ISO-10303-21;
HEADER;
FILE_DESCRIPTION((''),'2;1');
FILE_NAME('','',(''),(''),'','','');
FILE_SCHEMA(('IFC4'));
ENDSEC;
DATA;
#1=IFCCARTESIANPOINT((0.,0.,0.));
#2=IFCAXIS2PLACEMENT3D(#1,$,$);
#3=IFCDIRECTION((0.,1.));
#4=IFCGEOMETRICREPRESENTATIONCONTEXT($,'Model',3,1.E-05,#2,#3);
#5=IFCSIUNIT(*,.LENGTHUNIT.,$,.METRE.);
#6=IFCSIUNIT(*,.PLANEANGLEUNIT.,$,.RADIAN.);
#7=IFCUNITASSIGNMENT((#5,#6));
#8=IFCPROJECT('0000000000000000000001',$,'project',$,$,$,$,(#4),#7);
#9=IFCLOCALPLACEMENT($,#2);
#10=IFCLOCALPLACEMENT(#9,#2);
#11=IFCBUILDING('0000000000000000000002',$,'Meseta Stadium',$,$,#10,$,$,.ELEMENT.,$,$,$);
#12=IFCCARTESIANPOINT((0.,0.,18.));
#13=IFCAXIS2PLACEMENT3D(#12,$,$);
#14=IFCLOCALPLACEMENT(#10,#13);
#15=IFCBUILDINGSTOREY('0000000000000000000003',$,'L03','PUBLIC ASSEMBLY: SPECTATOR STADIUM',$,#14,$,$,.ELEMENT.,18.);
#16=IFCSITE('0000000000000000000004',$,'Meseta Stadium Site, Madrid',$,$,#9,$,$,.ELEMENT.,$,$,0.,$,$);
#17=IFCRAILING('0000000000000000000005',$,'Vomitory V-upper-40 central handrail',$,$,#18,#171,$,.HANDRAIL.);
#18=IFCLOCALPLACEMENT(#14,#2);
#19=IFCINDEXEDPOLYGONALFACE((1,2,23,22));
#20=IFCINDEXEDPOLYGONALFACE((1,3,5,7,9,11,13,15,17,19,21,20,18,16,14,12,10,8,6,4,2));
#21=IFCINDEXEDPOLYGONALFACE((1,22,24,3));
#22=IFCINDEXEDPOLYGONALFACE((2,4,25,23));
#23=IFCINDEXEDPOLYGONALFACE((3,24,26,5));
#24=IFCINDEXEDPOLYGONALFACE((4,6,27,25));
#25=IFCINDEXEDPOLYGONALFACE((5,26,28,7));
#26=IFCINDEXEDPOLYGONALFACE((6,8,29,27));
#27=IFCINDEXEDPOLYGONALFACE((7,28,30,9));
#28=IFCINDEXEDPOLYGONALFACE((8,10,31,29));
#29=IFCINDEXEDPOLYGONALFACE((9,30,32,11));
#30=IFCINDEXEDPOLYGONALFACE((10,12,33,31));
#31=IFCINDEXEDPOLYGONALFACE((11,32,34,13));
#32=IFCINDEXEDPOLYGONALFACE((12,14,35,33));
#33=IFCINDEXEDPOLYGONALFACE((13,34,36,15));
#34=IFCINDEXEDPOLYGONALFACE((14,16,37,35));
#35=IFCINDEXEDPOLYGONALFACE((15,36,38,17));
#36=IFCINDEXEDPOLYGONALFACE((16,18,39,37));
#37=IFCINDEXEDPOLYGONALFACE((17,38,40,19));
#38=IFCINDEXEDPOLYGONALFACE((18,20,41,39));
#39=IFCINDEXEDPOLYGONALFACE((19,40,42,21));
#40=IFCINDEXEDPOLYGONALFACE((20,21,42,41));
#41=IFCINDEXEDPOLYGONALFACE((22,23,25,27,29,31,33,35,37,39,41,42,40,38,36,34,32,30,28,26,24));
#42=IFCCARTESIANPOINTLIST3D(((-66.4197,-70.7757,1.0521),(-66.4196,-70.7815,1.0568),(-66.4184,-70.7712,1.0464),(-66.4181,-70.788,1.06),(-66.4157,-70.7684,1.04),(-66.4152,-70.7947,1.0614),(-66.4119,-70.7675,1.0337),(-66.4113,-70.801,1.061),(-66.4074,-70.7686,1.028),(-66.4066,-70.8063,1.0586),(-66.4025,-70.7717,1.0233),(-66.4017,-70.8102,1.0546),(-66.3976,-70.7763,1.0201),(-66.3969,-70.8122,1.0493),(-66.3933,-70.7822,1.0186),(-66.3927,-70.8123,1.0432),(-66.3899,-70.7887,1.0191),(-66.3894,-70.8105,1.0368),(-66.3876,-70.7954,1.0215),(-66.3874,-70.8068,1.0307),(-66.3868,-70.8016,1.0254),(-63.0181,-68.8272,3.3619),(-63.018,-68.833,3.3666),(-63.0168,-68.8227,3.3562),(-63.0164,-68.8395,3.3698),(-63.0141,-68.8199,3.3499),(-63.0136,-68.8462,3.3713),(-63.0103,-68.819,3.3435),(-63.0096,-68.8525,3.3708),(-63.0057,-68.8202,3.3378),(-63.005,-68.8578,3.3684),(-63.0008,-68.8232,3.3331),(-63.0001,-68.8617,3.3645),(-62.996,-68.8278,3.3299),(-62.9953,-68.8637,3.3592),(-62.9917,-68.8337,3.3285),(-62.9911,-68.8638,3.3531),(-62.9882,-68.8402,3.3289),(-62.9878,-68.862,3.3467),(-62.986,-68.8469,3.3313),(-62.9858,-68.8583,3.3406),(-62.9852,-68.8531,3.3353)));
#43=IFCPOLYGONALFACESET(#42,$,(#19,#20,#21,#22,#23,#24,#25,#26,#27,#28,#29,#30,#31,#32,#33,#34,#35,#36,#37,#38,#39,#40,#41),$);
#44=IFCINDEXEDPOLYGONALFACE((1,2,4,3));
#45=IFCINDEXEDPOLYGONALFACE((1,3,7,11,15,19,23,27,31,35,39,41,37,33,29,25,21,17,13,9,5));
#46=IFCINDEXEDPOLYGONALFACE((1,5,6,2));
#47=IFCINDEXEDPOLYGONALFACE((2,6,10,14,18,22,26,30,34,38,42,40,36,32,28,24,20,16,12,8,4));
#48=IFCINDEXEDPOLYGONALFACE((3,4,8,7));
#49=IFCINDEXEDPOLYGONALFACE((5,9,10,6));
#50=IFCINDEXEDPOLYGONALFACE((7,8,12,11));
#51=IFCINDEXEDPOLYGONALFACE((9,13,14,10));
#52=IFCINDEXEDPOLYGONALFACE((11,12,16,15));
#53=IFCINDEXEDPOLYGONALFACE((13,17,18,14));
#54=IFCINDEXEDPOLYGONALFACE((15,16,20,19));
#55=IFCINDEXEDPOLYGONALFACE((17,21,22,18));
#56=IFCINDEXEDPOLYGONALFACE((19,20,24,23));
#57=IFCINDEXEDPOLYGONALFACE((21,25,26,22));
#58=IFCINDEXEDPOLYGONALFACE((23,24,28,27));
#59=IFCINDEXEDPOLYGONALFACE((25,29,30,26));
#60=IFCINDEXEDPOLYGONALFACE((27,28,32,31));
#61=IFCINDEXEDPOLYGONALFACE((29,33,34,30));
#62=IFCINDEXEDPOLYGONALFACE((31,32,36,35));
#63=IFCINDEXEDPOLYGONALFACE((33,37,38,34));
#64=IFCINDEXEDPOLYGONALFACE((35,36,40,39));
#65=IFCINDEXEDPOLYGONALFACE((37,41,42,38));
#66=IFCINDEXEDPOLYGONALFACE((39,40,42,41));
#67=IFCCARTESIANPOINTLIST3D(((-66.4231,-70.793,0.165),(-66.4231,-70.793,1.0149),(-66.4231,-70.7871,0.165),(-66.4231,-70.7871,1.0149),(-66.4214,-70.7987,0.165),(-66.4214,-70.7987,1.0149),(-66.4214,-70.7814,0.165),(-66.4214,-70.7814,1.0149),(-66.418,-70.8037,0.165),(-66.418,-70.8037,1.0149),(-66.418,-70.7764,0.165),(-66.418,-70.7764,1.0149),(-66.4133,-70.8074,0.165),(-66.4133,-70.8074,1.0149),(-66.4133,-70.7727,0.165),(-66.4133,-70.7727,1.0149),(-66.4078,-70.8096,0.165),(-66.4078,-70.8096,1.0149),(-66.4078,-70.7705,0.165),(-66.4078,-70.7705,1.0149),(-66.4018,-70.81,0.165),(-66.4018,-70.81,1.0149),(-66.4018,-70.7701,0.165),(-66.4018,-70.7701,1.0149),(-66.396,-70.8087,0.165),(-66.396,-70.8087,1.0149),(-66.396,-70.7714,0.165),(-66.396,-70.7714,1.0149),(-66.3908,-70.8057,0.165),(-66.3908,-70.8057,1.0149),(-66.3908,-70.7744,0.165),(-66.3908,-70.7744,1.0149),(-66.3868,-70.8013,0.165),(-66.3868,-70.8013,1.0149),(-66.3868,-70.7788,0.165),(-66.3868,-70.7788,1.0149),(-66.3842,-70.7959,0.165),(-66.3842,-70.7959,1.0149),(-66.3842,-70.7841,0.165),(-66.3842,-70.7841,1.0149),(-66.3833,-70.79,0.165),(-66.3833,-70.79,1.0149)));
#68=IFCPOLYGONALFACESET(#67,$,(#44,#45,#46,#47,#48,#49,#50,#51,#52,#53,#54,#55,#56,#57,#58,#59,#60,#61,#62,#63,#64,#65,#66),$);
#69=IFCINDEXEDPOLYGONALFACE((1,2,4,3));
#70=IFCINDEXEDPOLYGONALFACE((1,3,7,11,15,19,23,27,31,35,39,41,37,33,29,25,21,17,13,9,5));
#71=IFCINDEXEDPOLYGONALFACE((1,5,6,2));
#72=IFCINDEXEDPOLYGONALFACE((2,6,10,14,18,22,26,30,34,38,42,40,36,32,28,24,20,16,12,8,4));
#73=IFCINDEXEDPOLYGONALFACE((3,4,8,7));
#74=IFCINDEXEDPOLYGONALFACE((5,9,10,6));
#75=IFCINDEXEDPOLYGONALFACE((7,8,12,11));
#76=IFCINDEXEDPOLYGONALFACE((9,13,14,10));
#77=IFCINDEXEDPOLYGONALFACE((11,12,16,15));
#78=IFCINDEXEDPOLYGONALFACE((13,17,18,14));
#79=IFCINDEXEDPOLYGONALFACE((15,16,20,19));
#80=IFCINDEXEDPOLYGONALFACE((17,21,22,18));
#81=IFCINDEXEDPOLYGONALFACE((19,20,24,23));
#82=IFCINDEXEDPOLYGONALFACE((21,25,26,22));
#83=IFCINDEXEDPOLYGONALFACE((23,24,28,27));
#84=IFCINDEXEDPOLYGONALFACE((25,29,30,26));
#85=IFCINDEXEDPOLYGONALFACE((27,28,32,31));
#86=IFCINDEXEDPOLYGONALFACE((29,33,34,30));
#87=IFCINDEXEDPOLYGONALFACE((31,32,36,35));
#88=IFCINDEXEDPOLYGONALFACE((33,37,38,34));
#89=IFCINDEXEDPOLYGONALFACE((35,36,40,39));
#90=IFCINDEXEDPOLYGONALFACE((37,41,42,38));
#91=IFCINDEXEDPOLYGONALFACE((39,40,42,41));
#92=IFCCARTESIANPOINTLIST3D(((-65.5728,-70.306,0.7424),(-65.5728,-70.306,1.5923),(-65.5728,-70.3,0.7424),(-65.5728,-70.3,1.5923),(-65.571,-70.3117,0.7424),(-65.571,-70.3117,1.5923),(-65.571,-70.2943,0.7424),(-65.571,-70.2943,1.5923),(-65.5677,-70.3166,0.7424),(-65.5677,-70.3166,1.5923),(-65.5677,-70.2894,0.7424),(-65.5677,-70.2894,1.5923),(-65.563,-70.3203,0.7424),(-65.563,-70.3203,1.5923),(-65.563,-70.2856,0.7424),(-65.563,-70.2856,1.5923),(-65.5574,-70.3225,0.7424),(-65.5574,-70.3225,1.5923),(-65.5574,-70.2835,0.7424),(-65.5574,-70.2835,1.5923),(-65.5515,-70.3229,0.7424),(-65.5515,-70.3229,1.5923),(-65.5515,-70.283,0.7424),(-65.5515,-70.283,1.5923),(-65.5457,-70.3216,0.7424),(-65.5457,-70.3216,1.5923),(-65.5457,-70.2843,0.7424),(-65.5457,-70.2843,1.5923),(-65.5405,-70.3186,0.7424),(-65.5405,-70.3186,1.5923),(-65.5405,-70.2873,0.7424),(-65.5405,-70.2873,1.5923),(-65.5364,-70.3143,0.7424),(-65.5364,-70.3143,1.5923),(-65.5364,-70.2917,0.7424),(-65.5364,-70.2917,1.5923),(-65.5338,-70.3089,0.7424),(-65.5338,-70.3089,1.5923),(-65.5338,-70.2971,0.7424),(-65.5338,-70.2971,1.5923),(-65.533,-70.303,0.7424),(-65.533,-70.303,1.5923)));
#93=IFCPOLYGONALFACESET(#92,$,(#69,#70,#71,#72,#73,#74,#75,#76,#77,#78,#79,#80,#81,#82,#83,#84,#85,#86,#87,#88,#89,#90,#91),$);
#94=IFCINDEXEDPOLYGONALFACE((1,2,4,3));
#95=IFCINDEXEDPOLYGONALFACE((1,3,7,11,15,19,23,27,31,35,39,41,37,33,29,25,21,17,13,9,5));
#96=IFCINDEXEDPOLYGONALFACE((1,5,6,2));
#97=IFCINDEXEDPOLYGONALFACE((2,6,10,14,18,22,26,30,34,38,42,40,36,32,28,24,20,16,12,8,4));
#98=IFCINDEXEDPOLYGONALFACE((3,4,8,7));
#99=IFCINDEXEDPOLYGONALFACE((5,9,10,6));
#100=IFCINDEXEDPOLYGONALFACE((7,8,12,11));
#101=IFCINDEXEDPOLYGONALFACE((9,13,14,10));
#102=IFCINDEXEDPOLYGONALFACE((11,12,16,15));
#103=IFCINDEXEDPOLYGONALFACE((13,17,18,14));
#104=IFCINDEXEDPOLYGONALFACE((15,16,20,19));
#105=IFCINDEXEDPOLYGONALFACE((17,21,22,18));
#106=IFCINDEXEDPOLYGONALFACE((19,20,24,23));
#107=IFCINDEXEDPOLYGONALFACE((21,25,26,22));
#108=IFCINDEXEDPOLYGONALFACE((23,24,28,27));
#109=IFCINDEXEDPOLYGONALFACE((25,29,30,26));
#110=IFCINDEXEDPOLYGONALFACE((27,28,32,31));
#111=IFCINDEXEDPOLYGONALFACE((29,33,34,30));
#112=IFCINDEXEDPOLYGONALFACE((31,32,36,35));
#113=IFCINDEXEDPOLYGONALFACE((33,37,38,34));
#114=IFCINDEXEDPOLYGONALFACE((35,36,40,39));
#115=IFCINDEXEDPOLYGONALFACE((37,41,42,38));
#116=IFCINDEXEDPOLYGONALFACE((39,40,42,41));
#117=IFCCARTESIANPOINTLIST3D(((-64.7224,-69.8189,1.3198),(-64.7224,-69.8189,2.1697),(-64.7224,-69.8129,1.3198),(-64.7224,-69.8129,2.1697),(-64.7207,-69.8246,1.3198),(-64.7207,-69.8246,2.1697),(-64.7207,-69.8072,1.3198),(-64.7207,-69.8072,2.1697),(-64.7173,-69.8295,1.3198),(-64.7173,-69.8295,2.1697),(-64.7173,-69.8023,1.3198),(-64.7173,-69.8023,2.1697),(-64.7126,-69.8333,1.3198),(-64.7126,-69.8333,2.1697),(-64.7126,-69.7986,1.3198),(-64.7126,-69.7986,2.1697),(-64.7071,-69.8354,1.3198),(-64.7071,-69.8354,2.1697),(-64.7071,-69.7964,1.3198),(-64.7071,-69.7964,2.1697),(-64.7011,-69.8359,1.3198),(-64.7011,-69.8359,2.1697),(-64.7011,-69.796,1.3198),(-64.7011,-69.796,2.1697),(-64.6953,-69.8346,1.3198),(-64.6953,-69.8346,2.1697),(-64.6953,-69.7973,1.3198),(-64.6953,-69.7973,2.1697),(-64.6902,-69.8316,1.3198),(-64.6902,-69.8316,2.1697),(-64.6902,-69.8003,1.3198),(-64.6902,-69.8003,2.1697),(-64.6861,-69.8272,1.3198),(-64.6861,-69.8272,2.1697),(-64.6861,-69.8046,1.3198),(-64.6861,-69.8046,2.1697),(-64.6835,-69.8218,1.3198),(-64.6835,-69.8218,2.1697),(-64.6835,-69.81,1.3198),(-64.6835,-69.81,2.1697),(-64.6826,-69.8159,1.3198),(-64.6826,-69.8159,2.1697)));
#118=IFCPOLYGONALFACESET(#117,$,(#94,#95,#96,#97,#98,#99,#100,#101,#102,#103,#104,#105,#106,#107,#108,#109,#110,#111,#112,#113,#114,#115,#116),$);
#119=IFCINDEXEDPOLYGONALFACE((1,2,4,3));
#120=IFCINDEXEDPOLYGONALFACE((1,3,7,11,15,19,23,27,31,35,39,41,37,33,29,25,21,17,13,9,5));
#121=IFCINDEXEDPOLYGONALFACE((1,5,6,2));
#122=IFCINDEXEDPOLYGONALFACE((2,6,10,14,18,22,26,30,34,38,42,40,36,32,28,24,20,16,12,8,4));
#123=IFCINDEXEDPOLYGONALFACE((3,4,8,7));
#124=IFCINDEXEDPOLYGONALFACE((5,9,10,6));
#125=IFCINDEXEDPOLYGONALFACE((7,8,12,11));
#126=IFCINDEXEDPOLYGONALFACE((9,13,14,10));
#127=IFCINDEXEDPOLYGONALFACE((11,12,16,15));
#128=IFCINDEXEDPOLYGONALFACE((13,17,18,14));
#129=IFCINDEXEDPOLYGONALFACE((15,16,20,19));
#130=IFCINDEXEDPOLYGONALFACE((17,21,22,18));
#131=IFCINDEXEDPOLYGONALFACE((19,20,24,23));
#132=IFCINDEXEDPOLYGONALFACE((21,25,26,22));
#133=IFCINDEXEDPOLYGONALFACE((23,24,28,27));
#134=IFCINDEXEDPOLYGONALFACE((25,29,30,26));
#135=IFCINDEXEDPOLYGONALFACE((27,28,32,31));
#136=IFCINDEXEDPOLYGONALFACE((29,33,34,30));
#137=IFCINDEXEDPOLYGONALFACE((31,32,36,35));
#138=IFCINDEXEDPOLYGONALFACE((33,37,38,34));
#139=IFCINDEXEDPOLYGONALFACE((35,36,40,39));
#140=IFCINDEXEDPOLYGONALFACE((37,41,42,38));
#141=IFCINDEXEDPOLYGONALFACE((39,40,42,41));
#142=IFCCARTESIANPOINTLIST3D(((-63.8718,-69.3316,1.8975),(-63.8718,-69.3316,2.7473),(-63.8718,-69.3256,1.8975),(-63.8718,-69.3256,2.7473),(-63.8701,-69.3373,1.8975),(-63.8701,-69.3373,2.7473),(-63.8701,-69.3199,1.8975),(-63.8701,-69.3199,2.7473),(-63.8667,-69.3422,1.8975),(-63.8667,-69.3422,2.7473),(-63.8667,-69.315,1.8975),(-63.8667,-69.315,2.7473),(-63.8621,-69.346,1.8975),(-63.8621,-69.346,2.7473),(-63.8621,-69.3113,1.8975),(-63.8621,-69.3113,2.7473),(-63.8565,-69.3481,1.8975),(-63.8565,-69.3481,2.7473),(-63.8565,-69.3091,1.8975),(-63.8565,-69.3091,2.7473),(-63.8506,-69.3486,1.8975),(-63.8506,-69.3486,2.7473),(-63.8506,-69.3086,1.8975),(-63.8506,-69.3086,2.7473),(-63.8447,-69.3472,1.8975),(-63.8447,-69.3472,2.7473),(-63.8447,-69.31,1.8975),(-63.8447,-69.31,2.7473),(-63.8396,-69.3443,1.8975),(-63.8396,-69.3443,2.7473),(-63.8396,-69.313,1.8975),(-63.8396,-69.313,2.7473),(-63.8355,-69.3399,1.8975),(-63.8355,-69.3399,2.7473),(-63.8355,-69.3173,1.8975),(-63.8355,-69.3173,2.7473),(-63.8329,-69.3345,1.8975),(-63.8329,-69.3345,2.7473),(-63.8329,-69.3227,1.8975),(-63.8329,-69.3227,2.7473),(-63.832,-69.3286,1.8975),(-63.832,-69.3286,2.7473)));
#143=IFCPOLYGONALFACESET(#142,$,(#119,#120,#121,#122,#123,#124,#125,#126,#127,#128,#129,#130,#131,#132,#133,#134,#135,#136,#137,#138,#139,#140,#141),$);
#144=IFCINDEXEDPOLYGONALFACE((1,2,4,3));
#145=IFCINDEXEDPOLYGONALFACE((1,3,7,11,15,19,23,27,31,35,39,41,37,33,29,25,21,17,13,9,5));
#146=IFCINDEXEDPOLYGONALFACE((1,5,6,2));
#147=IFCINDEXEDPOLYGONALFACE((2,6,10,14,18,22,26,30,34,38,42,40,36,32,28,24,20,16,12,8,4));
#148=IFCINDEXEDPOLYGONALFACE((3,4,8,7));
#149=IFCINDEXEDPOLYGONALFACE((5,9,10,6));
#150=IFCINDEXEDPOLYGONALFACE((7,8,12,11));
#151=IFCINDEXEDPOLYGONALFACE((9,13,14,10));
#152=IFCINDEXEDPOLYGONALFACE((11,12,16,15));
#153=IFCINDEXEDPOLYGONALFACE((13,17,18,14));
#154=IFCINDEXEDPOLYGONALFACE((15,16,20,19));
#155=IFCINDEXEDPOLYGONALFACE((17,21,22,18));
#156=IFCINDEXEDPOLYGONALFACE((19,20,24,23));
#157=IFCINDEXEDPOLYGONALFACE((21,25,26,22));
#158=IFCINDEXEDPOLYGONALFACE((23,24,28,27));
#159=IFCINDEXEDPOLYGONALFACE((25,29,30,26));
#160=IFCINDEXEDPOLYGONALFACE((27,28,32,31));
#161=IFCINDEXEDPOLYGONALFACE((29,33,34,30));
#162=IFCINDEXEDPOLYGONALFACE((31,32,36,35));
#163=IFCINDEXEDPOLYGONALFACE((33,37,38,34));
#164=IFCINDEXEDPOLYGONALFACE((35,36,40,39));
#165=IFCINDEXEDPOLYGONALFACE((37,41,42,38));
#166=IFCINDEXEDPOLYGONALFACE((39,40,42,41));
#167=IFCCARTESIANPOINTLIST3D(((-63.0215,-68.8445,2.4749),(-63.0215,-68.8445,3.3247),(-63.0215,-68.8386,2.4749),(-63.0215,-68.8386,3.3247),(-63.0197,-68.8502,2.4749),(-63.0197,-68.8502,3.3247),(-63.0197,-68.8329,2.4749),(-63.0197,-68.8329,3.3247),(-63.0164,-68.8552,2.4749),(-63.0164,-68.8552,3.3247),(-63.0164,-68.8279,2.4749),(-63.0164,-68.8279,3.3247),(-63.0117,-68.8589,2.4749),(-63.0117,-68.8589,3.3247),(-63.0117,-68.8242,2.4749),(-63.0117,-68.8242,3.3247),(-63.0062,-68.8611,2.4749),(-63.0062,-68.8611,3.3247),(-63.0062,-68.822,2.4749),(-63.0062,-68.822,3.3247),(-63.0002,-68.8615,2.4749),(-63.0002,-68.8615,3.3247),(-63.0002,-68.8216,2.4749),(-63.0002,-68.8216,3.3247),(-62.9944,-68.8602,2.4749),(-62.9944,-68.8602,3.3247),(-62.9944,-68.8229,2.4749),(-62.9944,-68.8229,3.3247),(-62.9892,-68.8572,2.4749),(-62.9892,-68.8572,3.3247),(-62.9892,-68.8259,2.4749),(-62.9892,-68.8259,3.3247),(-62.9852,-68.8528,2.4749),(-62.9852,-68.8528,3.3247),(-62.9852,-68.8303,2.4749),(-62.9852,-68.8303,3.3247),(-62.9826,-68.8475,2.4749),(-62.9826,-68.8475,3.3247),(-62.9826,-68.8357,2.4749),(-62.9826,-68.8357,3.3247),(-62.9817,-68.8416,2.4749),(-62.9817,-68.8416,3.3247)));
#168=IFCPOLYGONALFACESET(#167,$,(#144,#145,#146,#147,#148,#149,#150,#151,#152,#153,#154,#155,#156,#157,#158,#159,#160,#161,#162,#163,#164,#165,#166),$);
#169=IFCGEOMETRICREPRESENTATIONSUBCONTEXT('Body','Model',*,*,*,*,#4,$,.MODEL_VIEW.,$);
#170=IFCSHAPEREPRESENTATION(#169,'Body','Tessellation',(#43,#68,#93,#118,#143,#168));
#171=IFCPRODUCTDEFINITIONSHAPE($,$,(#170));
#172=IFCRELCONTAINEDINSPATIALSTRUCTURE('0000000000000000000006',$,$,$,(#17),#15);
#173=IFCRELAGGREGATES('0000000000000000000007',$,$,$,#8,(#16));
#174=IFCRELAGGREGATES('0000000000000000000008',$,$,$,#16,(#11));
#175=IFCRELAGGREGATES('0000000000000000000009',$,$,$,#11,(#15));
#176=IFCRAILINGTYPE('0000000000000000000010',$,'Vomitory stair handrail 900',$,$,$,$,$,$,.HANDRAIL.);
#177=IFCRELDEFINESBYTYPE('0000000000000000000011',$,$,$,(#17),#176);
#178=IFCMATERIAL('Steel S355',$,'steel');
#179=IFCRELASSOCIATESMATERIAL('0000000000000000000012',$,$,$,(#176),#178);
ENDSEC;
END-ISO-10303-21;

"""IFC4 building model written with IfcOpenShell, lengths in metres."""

from ifc_helpers import new_model, si_unit, direction, frame, origin, origin_2d, place, context, subcontext, project, spatial, circle, extrude, material, type_object, element, save


model = new_model("IFC4")

# Units and contexts
model_context = context("Model", 3, precision=1e-05, world=origin(), true_north=direction((0.0, 1.0)))
body_context = subcontext(model_context, "Body", "Model", "MODEL_VIEW")
ifc_project = project(units=[si_unit("LENGTHUNIT", "METRE"), si_unit("PLANEANGLEUNIT", "RADIAN")], contexts=[model_context])

# Site, building, storey
site_placement = place(None, origin())
site = spatial("IfcSite", under=ifc_project, at=site_placement, Name="Meseta Stadium Site, Madrid", CompositionType="ELEMENT", RefElevation=0.0)
building_placement = place(site_placement, origin())
building = spatial("IfcBuilding", under=site, at=building_placement, Name="Meseta Stadium", CompositionType="ELEMENT")
storey_placement = place(building_placement, frame((0.0, 0.0, 18.0)))
storey = spatial("IfcBuildingStorey", under=building, at=storey_placement, Name="L03", Description="PUBLIC ASSEMBLY: SPECTATOR STADIUM", CompositionType="ELEMENT", Elevation=18.0)

# Railing
ifc_material_1 = material(Name="Steel S355", Category="steel")
railing_type_1 = type_object("IfcRailingType", Name="Vomitory stair handrail 900", PredefinedType="HANDRAIL", material=ifc_material_1)
railing_1_placement = place(storey_placement, frame((-66.4033, -70.79, 0.165)))
element("IfcRailing", 1, at=railing_1_placement, inside=storey, type_object=railing_type_1, Name="Vomitory V-upper-40 central handrail", PredefinedType="HANDRAIL", context=body_context, shape_type="SweptSolid", body=[
    extrude(circle(Radius=0.0249, at=origin_2d()), frame((0.0, 0.0, 0.875), z_axis=(0.747601, 0.428236, 0.507648), x_axis=(-0.497044, 0.867725, 0.0)), (0.0, 0.0, 1.0), 4.55),
    extrude(circle(Radius=0.02, at=origin_2d()), origin(), (0.0, 0.0, 1.0), 0.8499),
    extrude(circle(Radius=0.02, at=origin_2d()), frame((0.8503, 0.4871, 0.5774)), (0.0, 0.0, 1.0), 0.8499),
    extrude(circle(Radius=0.02, at=origin_2d()), frame((1.7007, 0.9741, 1.1548)), (0.0, 0.0, 1.0), 0.8499),
    extrude(circle(Radius=0.02, at=origin_2d()), frame((2.5513, 1.4614, 1.7324)), (0.0, 0.0, 1.0), 0.8499),
    extrude(circle(Radius=0.02, at=origin_2d()), frame((3.4016, 1.9485, 2.3098)), (0.0, 0.0, 1.0), 0.8499),
])

save(model, "model.ifc")
